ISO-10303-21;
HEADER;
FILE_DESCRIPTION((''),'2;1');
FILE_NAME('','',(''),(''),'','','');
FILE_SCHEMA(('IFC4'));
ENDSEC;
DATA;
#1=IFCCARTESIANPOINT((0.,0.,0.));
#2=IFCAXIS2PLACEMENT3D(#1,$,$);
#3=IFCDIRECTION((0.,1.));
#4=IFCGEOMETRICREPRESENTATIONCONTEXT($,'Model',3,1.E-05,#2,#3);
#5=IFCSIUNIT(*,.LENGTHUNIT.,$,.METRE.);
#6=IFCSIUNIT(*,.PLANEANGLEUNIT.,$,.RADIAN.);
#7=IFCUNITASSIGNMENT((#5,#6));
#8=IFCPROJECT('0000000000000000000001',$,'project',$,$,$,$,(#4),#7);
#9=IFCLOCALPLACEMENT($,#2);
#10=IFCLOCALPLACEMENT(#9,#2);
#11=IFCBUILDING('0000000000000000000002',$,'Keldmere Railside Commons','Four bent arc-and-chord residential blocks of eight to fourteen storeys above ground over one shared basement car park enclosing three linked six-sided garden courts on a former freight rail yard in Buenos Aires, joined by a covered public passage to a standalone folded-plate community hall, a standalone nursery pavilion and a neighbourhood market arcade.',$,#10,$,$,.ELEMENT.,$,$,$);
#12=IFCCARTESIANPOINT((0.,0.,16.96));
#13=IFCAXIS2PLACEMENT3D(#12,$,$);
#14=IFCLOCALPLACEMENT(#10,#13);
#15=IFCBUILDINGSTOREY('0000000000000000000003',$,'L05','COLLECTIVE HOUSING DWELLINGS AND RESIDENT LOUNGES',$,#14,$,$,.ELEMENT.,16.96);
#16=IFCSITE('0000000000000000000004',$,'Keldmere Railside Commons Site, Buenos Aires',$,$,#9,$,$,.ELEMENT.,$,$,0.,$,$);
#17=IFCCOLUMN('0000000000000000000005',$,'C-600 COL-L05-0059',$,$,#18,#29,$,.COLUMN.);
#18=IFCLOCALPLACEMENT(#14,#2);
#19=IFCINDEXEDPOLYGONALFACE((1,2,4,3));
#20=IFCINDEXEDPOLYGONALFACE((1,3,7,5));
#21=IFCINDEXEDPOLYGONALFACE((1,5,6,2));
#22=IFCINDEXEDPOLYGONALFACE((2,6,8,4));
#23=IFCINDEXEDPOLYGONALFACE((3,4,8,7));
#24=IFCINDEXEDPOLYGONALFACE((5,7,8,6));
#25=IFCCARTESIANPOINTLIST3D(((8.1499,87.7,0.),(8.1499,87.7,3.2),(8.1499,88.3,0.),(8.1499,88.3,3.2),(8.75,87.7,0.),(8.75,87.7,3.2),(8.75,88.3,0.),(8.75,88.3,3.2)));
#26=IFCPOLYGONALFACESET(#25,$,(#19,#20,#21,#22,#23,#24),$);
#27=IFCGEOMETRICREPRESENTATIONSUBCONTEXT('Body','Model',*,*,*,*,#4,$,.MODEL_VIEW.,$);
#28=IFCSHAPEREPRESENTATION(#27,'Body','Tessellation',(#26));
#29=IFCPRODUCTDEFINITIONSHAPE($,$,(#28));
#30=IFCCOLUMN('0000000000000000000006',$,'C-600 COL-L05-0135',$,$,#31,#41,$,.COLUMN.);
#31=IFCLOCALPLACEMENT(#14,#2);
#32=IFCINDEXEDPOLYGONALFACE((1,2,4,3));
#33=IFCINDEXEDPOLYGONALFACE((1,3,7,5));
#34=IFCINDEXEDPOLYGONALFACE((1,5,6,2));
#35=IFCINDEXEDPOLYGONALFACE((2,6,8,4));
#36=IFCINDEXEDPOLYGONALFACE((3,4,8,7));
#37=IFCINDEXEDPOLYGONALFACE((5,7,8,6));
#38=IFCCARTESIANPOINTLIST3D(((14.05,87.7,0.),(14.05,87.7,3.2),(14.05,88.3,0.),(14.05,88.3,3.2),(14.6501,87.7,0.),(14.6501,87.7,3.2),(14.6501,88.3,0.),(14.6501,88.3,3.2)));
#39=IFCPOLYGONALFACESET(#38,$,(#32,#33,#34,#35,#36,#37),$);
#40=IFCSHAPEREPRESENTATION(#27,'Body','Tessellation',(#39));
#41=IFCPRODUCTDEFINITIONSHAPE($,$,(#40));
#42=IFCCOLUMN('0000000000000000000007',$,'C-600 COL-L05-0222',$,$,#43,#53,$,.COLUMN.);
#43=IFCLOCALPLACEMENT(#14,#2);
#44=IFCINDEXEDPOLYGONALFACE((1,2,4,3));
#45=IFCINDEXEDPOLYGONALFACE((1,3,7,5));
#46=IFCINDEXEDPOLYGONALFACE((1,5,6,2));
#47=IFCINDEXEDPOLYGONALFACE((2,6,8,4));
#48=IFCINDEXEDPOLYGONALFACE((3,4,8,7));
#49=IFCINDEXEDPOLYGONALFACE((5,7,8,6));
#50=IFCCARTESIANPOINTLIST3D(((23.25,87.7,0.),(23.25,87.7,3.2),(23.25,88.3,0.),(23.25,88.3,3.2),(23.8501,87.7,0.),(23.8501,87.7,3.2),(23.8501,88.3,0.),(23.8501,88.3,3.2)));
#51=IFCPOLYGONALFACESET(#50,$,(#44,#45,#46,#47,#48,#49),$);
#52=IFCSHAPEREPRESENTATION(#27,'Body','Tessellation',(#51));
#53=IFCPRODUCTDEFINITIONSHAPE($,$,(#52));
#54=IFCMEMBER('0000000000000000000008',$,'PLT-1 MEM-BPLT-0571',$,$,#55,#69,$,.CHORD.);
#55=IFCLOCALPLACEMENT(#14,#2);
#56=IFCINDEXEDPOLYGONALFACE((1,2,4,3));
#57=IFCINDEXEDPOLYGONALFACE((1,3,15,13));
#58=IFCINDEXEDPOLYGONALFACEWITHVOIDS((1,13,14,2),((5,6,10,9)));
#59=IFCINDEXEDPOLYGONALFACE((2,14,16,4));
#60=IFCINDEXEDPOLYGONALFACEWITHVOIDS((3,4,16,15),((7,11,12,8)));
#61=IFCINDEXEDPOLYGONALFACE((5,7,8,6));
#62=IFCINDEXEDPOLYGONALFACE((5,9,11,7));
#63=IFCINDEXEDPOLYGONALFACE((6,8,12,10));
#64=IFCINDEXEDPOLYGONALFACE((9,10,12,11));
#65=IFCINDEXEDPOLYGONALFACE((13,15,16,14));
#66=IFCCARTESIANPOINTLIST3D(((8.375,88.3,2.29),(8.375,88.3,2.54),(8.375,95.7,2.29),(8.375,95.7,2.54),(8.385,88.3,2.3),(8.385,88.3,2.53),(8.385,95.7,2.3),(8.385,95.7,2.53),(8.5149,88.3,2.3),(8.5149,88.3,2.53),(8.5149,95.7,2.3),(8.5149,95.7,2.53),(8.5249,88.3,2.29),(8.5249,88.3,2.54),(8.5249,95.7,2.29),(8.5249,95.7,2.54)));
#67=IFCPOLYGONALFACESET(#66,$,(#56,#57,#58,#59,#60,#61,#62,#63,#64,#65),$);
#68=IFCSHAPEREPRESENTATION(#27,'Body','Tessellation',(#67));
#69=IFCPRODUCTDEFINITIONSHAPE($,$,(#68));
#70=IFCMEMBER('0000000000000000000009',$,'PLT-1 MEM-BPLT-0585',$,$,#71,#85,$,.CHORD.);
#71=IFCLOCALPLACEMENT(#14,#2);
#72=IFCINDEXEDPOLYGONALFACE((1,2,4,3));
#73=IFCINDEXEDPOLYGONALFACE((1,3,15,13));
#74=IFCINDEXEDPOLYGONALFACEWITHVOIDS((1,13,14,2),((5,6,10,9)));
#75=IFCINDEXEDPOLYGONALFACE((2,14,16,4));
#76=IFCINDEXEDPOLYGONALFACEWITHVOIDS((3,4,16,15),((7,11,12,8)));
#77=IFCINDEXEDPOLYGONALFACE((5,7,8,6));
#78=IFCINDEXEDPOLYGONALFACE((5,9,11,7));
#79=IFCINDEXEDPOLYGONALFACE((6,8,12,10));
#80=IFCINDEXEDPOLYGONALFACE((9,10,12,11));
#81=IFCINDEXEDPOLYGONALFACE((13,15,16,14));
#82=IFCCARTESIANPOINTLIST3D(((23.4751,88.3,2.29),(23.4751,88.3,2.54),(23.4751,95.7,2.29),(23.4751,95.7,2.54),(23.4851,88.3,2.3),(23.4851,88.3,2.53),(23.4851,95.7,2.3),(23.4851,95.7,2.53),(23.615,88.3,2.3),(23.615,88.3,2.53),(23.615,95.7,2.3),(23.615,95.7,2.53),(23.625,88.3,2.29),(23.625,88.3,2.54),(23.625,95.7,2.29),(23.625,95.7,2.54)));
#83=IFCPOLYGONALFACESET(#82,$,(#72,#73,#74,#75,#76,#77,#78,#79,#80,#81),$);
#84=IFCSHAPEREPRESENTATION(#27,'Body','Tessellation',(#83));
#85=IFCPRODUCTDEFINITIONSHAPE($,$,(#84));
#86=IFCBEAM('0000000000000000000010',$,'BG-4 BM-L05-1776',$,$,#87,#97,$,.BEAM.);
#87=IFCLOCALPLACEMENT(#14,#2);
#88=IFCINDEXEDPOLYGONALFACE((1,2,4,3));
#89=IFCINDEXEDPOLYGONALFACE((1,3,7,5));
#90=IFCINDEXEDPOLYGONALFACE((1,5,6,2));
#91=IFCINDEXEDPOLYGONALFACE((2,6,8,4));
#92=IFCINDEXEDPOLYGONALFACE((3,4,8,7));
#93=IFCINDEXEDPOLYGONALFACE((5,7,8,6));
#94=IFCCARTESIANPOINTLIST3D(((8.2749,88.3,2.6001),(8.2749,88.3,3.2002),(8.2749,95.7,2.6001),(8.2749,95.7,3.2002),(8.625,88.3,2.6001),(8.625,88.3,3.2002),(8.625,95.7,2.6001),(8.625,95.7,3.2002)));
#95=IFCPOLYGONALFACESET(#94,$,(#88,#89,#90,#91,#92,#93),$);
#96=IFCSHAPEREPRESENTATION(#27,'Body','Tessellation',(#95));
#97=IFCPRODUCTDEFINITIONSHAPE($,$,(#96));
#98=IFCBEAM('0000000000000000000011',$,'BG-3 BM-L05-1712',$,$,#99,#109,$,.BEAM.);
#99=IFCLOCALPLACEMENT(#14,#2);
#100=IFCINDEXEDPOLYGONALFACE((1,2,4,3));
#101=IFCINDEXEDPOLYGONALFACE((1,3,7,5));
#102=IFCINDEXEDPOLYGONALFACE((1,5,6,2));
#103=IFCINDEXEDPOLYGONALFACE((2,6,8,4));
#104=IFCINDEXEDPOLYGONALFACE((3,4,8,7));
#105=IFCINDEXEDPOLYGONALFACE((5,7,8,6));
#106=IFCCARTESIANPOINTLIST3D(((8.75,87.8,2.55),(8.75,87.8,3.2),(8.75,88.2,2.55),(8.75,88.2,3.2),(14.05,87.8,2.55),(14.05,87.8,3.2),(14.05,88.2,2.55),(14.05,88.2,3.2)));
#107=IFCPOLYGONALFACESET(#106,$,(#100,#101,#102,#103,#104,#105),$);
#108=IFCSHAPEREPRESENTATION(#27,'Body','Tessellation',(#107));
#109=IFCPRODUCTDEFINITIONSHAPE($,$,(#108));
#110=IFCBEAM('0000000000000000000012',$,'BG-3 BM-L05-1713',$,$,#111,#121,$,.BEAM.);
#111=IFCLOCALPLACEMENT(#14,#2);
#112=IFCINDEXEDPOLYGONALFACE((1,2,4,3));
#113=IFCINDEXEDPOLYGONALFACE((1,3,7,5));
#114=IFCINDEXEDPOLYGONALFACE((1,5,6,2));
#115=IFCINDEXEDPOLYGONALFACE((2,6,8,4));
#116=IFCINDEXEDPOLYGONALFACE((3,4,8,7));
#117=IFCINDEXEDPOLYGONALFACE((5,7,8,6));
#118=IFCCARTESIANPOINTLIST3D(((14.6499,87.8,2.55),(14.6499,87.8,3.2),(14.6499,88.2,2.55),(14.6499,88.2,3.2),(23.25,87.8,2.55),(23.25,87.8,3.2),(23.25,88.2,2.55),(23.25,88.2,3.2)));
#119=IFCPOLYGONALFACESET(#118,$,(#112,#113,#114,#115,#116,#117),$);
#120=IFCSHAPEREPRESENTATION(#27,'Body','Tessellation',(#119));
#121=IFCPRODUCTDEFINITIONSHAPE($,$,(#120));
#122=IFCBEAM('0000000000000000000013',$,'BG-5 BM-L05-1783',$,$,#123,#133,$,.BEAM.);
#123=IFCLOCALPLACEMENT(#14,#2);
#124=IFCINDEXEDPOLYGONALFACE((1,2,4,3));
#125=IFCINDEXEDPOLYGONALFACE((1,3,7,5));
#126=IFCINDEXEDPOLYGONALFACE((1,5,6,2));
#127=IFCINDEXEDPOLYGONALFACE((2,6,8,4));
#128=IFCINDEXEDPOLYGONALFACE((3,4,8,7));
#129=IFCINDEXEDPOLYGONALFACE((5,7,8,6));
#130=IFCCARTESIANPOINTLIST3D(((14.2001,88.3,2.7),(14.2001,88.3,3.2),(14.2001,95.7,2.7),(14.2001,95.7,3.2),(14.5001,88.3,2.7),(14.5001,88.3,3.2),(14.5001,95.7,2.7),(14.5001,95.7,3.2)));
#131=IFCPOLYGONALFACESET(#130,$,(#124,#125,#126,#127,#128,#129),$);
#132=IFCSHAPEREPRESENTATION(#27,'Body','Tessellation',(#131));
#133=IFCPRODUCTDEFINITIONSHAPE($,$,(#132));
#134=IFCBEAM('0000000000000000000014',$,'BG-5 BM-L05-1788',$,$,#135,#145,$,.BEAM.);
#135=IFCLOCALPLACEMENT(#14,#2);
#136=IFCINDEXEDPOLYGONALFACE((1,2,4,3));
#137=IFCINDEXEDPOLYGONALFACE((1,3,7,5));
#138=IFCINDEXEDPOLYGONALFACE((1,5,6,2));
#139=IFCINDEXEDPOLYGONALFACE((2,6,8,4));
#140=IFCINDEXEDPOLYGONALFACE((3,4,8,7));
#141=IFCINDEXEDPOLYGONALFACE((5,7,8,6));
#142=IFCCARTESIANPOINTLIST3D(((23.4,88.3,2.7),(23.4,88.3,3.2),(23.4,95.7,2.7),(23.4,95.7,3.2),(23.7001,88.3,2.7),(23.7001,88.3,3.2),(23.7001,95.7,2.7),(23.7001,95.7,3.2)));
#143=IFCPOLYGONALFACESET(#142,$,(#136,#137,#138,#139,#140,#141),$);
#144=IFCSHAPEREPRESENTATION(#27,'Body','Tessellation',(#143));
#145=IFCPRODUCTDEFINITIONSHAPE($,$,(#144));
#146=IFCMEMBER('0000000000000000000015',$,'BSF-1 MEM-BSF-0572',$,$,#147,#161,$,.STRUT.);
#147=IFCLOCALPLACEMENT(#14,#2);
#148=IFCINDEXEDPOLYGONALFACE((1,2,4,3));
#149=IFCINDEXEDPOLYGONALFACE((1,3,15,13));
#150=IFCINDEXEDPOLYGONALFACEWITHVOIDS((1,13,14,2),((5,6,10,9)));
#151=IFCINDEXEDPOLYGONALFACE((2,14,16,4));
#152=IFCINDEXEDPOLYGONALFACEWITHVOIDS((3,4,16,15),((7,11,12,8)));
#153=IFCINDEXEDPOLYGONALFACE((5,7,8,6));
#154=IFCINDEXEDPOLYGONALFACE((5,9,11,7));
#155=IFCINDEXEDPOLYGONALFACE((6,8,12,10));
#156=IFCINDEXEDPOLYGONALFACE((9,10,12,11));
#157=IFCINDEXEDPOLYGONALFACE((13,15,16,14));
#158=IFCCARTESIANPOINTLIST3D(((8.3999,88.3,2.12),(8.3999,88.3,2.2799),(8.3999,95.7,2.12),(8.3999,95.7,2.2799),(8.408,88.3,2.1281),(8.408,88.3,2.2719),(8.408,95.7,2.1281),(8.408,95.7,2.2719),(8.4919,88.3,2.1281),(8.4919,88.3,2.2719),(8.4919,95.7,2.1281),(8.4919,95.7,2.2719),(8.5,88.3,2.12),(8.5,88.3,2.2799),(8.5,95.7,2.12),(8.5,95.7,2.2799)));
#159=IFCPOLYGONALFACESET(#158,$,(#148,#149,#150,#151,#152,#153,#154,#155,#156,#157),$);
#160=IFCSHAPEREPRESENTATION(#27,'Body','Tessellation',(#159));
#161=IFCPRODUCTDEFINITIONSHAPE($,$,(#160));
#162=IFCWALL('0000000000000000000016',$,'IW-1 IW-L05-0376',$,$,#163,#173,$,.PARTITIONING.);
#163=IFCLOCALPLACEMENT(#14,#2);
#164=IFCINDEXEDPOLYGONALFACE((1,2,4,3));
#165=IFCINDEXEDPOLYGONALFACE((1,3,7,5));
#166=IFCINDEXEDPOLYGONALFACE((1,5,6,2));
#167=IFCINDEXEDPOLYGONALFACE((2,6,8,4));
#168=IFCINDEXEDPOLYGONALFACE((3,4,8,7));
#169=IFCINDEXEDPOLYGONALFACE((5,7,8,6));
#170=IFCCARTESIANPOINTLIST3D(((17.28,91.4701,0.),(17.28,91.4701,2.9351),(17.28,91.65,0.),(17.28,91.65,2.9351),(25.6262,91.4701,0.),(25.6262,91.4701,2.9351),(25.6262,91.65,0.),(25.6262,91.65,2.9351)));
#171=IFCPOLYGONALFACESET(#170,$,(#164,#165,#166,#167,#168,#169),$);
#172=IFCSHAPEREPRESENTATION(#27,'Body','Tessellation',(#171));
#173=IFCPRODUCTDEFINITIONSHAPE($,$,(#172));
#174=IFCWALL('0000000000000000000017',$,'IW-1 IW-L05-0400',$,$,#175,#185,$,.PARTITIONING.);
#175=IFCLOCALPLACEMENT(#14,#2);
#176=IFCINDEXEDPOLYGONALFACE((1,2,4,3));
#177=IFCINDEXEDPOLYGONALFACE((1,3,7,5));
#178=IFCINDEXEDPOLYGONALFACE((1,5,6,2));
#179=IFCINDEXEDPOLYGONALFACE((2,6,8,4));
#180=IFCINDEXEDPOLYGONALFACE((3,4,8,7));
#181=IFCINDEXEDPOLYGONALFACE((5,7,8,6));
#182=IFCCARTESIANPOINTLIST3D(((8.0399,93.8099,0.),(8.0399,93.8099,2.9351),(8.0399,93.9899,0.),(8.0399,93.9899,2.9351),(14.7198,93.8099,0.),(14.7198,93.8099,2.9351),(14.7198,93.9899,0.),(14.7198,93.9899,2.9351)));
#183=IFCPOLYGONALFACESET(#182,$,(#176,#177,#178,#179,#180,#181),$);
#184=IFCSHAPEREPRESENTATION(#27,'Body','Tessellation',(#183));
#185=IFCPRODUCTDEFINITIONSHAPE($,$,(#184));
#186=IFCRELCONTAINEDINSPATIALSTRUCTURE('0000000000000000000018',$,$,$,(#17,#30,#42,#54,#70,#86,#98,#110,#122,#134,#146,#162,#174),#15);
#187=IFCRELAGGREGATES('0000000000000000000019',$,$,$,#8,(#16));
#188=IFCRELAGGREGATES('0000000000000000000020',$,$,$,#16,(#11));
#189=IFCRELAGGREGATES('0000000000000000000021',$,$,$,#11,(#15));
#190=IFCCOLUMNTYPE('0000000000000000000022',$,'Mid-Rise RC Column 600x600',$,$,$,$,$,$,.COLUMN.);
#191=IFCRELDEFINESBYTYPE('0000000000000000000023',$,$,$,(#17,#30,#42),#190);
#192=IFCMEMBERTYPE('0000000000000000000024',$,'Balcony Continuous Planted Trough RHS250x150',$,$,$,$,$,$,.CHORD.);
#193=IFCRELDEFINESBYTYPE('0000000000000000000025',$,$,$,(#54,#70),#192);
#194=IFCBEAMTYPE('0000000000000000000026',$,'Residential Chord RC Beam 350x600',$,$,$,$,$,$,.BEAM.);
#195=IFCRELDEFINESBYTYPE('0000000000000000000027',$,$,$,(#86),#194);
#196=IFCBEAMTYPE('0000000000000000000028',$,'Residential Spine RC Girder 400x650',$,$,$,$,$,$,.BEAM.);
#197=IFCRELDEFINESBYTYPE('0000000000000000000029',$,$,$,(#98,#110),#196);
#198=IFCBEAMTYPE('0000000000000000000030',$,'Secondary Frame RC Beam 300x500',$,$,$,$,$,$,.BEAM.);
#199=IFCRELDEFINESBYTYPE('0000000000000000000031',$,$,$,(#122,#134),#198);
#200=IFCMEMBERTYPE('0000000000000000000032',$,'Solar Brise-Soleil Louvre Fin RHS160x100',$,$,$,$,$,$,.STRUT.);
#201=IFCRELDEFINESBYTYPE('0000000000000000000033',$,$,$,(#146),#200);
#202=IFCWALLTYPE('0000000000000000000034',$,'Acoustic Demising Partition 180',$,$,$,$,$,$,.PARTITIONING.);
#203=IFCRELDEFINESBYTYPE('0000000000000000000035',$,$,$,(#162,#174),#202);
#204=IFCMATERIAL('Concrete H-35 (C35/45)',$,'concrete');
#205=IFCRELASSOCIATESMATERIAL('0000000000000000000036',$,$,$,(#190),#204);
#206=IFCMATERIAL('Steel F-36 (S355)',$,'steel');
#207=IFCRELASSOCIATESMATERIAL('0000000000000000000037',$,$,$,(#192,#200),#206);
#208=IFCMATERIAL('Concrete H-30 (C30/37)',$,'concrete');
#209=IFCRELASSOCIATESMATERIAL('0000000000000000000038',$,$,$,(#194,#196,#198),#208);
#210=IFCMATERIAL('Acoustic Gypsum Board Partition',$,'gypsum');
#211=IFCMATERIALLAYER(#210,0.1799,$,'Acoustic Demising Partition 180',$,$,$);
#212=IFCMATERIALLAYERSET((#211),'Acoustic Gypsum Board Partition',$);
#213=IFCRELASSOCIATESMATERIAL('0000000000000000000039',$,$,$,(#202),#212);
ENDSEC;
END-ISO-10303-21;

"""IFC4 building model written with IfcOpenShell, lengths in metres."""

from ifc_helpers import new_model, si_unit, direction, frame, frame_2d, origin, origin_2d, place, context, subcontext, project, spatial, rectangle, hollow_rectangle, extrude, material, layer, layer_set, material_profile, profile_set, type_object, element, save


model = new_model("IFC4")

# Units and contexts
model_context = context("Model", 3, precision=1e-05, world=origin(), true_north=direction((0.0, 1.0)))
body_context = subcontext(model_context, "Body", "Model", "MODEL_VIEW")
ifc_project = project(units=[si_unit("LENGTHUNIT", "METRE"), si_unit("PLANEANGLEUNIT", "RADIAN")], contexts=[model_context])

# Site, building, storey
site_placement = place(None, origin())
site = spatial("IfcSite", under=ifc_project, at=site_placement, Name="Keldmere Railside Commons Site, Buenos Aires", CompositionType="ELEMENT", RefElevation=0.0)
building_placement = place(site_placement, origin())
building = spatial("IfcBuilding", under=site, at=building_placement, Name="Keldmere Railside Commons", Description="Four bent arc-and-chord residential blocks of eight to fourteen storeys above ground over one shared basement car park enclosing three linked six-sided garden courts on a former freight rail yard in Buenos Aires, joined by a covered public passage to a standalone folded-plate community hall, a standalone nursery pavilion and a neighbourhood market arcade.", CompositionType="ELEMENT")
storey_placement = place(building_placement, frame((0.0, 0.0, 16.96)))
storey = spatial("IfcBuildingStorey", under=building, at=storey_placement, Name="L05", Description="COLLECTIVE HOUSING DWELLINGS AND RESIDENT LOUNGES", CompositionType="ELEMENT", Elevation=16.96)

# Columns
ifc_material_1 = material(Name="Concrete H-35 (C35/45)", Category="concrete")
ifc_material_profile_1 = material_profile(ifc_material_1, rectangle(XDim=0.6001, YDim=0.6001, at=origin_2d()), Name="RC-600x600")
ifc_profile_set_1 = profile_set([ifc_material_profile_1], Name="Concrete H-35 (C35/45)")
column_type = type_object("IfcColumnType", Name="Mid-Rise RC Column 600x600", PredefinedType="COLUMN", material=ifc_profile_set_1)
for number, where, z_axis, x_axis, name in (
    (1, (8.45, 88.0, 0.0), (0.0, 0.0, 1.0), (1.0, 0.0, 0.0), "C-600 COL-L05-0059"),
    (2, (14.3501, 88.0, 0.0), (0.0, 0.0, 1.0), (1.0, 0.0, 0.0), "C-600 COL-L05-0135"),
    (3, (23.55, 88.0, 0.0), (0.0, 0.0, 1.0), (1.0, 0.0, 0.0), "C-600 COL-L05-0222"),
):
    element("IfcColumn", number, at=place(storey_placement, frame(where, z_axis=z_axis, x_axis=x_axis)), inside=storey, type_object=column_type, Name=name, PredefinedType="COLUMN", context=body_context, shape_type="SweptSolid", body=[
        extrude(rectangle(XDim=0.6001, YDim=0.6001, at=origin_2d()), origin(), (0.0, 0.0, 1.0), 3.2),
    ])

# Members
ifc_material_2 = material(Name="Steel F-36 (S355)", Category="steel")
ifc_material_profile_2 = material_profile(ifc_material_2, hollow_rectangle(XDim=0.1499, YDim=0.25, WallThickness=0.01, at=origin_2d()), Name="RHS-250x150x10")
ifc_profile_set_2 = profile_set([ifc_material_profile_2], Name="Steel F-36 (S355)")
member_type_1 = type_object("IfcMemberType", Name="Balcony Continuous Planted Trough RHS250x150", PredefinedType="CHORD", material=ifc_profile_set_2)
for number, where, z_axis, x_axis, name in (
    (4, (8.45, 88.3, 2.415), (0.0, 1.0, 0.0), (-1.0, 0.0, 0.0), "PLT-1 MEM-BPLT-0571"),
    (5, (23.55, 88.3, 2.415), (0.0, 1.0, 0.0), (-1.0, 0.0, 0.0), "PLT-1 MEM-BPLT-0585"),
):
    element("IfcMember", number, at=place(storey_placement, frame(where, z_axis=z_axis, x_axis=x_axis)), inside=storey, type_object=member_type_1, Name=name, PredefinedType="CHORD", context=body_context, shape_type="SweptSolid", body=[
        extrude(hollow_rectangle(XDim=0.1499, YDim=0.25, WallThickness=0.01, at=origin_2d()), origin(), (0.0, 0.0, 1.0), 7.3999),
    ])

# Beams
ifc_material_3 = material(Name="Concrete H-30 (C30/37)", Category="concrete")
ifc_material_profile_3 = material_profile(ifc_material_3, rectangle(XDim=0.3501, YDim=0.6001, at=origin_2d()), Name="RC-350x600")
ifc_profile_set_3 = profile_set([ifc_material_profile_3], Name="Concrete H-30 (C30/37)")
beam_type_1 = type_object("IfcBeamType", Name="Residential Chord RC Beam 350x600", PredefinedType="BEAM", material=ifc_profile_set_3)
beam_1_placement = place(storey_placement, frame((8.45, 88.3, 2.9001), z_axis=(0.0, 1.0, 0.0), x_axis=(-1.0, 0.0, 0.0)))
element("IfcBeam", 6, at=beam_1_placement, inside=storey, type_object=beam_type_1, Name="BG-4 BM-L05-1776", PredefinedType="BEAM", context=body_context, shape_type="SweptSolid", body=[
    extrude(rectangle(XDim=0.3501, YDim=0.6001, at=origin_2d()), origin(), (0.0, 0.0, 1.0), 7.3999),
])
ifc_material_profile_4 = material_profile(ifc_material_3, rectangle(XDim=0.3999, YDim=0.6499, at=origin_2d()), Name="RC-400x650")
ifc_profile_set_4 = profile_set([ifc_material_profile_4], Name="Concrete H-30 (C30/37)")
beam_type_2 = type_object("IfcBeamType", Name="Residential Spine RC Girder 400x650", PredefinedType="BEAM", material=ifc_profile_set_4)
beam_2_placement = place(storey_placement, frame((8.75, 88.0, 2.875), z_axis=(1.0, 0.0, 0.0), x_axis=(0.0, 1.0, 0.0)))
element("IfcBeam", 7, at=beam_2_placement, inside=storey, type_object=beam_type_2, Name="BG-3 BM-L05-1712", PredefinedType="BEAM", context=body_context, shape_type="SweptSolid", body=[
    extrude(rectangle(XDim=0.3999, YDim=0.6499, at=origin_2d()), origin(), (0.0, 0.0, 1.0), 5.3),
])
beam_3_placement = place(storey_placement, frame((14.6499, 88.0, 2.875), z_axis=(1.0, 0.0, 0.0), x_axis=(0.0, 1.0, 0.0)))
element("IfcBeam", 8, at=beam_3_placement, inside=storey, type_object=beam_type_2, Name="BG-3 BM-L05-1713", PredefinedType="BEAM", context=body_context, shape_type="SweptSolid", body=[
    extrude(rectangle(XDim=0.3999, YDim=0.6499, at=origin_2d()), origin(), (0.0, 0.0, 1.0), 8.6001),
])
ifc_material_profile_5 = material_profile(ifc_material_3, rectangle(XDim=0.3, YDim=0.5, at=origin_2d()), Name="RC-300x500")
ifc_profile_set_5 = profile_set([ifc_material_profile_5], Name="Concrete H-30 (C30/37)")
beam_type_3 = type_object("IfcBeamType", Name="Secondary Frame RC Beam 300x500", PredefinedType="BEAM", material=ifc_profile_set_5)
for number, where, z_axis, x_axis, name in (
    (9, (14.3501, 88.3, 2.95), (0.0, 1.0, 0.0), (-1.0, 0.0, 0.0), "BG-5 BM-L05-1783"),
    (10, (23.55, 88.3, 2.95), (0.0, 1.0, 0.0), (-1.0, 0.0, 0.0), "BG-5 BM-L05-1788"),
):
    element("IfcBeam", number, at=place(storey_placement, frame(where, z_axis=z_axis, x_axis=x_axis)), inside=storey, type_object=beam_type_3, Name=name, PredefinedType="BEAM", context=body_context, shape_type="SweptSolid", body=[
        extrude(rectangle(XDim=0.3, YDim=0.5, at=origin_2d()), origin(), (0.0, 0.0, 1.0), 7.3999),
    ])

# Member
ifc_material_profile_6 = material_profile(ifc_material_2, hollow_rectangle(XDim=0.1001, YDim=0.1599, WallThickness=0.0081, at=origin_2d()), Name="RHS-160x100x8")
ifc_profile_set_6 = profile_set([ifc_material_profile_6], Name="Steel F-36 (S355)")
member_type_2 = type_object("IfcMemberType", Name="Solar Brise-Soleil Louvre Fin RHS160x100", PredefinedType="STRUT", material=ifc_profile_set_6)
member_placement = place(storey_placement, frame((8.45, 88.3, 2.2), z_axis=(0.0, 1.0, 0.0), x_axis=(-1.0, 0.0, 0.0)))
element("IfcMember", 11, at=member_placement, inside=storey, type_object=member_type_2, Name="BSF-1 MEM-BSF-0572", PredefinedType="STRUT", context=body_context, shape_type="SweptSolid", body=[
    extrude(hollow_rectangle(XDim=0.1001, YDim=0.1599, WallThickness=0.0081, at=origin_2d()), origin(), (0.0, 0.0, 1.0), 7.3999),
])

# Walls
ifc_material_4 = material(Name="Acoustic Gypsum Board Partition", Category="gypsum")
ifc_layer_1 = layer(ifc_material_4, 0.1799, Name="Acoustic Demising Partition 180")
ifc_layer_set_1 = layer_set([ifc_layer_1], Name="Acoustic Gypsum Board Partition")
wall_type_1 = type_object("IfcWallType", Name="Acoustic Demising Partition 180", PredefinedType="PARTITIONING", material=ifc_layer_set_1)
wall_1_placement = place(storey_placement, frame((17.28, 91.5601, 0.0), z_axis=(0.0, 0.0, 1.0), x_axis=(1.0, 0.0, 0.0)))
element("IfcWall", 12, at=wall_1_placement, inside=storey, type_object=wall_type_1, Name="IW-1 IW-L05-0376", PredefinedType="PARTITIONING", context=body_context, shape_type="SweptSolid", body=[
    extrude(rectangle(XDim=8.3462, YDim=0.1799, at=frame_2d((4.1731, 0.0))), origin(), (0.0, 0.0, 1.0), 2.9351),
])
wall_2_placement = place(storey_placement, frame((8.04, 93.8999, 0.0), z_axis=(0.0, 0.0, 1.0), x_axis=(1.0, 0.0, 0.0)))
element("IfcWall", 13, at=wall_2_placement, inside=storey, type_object=wall_type_1, Name="IW-1 IW-L05-0400", PredefinedType="PARTITIONING", context=body_context, shape_type="SweptSolid", body=[
    extrude(rectangle(XDim=6.6799, YDim=0.1799, at=frame_2d((3.3398, 0.0))), origin(), (0.0, 0.0, 1.0), 2.9351),
])

save(model, "model.ifc")
